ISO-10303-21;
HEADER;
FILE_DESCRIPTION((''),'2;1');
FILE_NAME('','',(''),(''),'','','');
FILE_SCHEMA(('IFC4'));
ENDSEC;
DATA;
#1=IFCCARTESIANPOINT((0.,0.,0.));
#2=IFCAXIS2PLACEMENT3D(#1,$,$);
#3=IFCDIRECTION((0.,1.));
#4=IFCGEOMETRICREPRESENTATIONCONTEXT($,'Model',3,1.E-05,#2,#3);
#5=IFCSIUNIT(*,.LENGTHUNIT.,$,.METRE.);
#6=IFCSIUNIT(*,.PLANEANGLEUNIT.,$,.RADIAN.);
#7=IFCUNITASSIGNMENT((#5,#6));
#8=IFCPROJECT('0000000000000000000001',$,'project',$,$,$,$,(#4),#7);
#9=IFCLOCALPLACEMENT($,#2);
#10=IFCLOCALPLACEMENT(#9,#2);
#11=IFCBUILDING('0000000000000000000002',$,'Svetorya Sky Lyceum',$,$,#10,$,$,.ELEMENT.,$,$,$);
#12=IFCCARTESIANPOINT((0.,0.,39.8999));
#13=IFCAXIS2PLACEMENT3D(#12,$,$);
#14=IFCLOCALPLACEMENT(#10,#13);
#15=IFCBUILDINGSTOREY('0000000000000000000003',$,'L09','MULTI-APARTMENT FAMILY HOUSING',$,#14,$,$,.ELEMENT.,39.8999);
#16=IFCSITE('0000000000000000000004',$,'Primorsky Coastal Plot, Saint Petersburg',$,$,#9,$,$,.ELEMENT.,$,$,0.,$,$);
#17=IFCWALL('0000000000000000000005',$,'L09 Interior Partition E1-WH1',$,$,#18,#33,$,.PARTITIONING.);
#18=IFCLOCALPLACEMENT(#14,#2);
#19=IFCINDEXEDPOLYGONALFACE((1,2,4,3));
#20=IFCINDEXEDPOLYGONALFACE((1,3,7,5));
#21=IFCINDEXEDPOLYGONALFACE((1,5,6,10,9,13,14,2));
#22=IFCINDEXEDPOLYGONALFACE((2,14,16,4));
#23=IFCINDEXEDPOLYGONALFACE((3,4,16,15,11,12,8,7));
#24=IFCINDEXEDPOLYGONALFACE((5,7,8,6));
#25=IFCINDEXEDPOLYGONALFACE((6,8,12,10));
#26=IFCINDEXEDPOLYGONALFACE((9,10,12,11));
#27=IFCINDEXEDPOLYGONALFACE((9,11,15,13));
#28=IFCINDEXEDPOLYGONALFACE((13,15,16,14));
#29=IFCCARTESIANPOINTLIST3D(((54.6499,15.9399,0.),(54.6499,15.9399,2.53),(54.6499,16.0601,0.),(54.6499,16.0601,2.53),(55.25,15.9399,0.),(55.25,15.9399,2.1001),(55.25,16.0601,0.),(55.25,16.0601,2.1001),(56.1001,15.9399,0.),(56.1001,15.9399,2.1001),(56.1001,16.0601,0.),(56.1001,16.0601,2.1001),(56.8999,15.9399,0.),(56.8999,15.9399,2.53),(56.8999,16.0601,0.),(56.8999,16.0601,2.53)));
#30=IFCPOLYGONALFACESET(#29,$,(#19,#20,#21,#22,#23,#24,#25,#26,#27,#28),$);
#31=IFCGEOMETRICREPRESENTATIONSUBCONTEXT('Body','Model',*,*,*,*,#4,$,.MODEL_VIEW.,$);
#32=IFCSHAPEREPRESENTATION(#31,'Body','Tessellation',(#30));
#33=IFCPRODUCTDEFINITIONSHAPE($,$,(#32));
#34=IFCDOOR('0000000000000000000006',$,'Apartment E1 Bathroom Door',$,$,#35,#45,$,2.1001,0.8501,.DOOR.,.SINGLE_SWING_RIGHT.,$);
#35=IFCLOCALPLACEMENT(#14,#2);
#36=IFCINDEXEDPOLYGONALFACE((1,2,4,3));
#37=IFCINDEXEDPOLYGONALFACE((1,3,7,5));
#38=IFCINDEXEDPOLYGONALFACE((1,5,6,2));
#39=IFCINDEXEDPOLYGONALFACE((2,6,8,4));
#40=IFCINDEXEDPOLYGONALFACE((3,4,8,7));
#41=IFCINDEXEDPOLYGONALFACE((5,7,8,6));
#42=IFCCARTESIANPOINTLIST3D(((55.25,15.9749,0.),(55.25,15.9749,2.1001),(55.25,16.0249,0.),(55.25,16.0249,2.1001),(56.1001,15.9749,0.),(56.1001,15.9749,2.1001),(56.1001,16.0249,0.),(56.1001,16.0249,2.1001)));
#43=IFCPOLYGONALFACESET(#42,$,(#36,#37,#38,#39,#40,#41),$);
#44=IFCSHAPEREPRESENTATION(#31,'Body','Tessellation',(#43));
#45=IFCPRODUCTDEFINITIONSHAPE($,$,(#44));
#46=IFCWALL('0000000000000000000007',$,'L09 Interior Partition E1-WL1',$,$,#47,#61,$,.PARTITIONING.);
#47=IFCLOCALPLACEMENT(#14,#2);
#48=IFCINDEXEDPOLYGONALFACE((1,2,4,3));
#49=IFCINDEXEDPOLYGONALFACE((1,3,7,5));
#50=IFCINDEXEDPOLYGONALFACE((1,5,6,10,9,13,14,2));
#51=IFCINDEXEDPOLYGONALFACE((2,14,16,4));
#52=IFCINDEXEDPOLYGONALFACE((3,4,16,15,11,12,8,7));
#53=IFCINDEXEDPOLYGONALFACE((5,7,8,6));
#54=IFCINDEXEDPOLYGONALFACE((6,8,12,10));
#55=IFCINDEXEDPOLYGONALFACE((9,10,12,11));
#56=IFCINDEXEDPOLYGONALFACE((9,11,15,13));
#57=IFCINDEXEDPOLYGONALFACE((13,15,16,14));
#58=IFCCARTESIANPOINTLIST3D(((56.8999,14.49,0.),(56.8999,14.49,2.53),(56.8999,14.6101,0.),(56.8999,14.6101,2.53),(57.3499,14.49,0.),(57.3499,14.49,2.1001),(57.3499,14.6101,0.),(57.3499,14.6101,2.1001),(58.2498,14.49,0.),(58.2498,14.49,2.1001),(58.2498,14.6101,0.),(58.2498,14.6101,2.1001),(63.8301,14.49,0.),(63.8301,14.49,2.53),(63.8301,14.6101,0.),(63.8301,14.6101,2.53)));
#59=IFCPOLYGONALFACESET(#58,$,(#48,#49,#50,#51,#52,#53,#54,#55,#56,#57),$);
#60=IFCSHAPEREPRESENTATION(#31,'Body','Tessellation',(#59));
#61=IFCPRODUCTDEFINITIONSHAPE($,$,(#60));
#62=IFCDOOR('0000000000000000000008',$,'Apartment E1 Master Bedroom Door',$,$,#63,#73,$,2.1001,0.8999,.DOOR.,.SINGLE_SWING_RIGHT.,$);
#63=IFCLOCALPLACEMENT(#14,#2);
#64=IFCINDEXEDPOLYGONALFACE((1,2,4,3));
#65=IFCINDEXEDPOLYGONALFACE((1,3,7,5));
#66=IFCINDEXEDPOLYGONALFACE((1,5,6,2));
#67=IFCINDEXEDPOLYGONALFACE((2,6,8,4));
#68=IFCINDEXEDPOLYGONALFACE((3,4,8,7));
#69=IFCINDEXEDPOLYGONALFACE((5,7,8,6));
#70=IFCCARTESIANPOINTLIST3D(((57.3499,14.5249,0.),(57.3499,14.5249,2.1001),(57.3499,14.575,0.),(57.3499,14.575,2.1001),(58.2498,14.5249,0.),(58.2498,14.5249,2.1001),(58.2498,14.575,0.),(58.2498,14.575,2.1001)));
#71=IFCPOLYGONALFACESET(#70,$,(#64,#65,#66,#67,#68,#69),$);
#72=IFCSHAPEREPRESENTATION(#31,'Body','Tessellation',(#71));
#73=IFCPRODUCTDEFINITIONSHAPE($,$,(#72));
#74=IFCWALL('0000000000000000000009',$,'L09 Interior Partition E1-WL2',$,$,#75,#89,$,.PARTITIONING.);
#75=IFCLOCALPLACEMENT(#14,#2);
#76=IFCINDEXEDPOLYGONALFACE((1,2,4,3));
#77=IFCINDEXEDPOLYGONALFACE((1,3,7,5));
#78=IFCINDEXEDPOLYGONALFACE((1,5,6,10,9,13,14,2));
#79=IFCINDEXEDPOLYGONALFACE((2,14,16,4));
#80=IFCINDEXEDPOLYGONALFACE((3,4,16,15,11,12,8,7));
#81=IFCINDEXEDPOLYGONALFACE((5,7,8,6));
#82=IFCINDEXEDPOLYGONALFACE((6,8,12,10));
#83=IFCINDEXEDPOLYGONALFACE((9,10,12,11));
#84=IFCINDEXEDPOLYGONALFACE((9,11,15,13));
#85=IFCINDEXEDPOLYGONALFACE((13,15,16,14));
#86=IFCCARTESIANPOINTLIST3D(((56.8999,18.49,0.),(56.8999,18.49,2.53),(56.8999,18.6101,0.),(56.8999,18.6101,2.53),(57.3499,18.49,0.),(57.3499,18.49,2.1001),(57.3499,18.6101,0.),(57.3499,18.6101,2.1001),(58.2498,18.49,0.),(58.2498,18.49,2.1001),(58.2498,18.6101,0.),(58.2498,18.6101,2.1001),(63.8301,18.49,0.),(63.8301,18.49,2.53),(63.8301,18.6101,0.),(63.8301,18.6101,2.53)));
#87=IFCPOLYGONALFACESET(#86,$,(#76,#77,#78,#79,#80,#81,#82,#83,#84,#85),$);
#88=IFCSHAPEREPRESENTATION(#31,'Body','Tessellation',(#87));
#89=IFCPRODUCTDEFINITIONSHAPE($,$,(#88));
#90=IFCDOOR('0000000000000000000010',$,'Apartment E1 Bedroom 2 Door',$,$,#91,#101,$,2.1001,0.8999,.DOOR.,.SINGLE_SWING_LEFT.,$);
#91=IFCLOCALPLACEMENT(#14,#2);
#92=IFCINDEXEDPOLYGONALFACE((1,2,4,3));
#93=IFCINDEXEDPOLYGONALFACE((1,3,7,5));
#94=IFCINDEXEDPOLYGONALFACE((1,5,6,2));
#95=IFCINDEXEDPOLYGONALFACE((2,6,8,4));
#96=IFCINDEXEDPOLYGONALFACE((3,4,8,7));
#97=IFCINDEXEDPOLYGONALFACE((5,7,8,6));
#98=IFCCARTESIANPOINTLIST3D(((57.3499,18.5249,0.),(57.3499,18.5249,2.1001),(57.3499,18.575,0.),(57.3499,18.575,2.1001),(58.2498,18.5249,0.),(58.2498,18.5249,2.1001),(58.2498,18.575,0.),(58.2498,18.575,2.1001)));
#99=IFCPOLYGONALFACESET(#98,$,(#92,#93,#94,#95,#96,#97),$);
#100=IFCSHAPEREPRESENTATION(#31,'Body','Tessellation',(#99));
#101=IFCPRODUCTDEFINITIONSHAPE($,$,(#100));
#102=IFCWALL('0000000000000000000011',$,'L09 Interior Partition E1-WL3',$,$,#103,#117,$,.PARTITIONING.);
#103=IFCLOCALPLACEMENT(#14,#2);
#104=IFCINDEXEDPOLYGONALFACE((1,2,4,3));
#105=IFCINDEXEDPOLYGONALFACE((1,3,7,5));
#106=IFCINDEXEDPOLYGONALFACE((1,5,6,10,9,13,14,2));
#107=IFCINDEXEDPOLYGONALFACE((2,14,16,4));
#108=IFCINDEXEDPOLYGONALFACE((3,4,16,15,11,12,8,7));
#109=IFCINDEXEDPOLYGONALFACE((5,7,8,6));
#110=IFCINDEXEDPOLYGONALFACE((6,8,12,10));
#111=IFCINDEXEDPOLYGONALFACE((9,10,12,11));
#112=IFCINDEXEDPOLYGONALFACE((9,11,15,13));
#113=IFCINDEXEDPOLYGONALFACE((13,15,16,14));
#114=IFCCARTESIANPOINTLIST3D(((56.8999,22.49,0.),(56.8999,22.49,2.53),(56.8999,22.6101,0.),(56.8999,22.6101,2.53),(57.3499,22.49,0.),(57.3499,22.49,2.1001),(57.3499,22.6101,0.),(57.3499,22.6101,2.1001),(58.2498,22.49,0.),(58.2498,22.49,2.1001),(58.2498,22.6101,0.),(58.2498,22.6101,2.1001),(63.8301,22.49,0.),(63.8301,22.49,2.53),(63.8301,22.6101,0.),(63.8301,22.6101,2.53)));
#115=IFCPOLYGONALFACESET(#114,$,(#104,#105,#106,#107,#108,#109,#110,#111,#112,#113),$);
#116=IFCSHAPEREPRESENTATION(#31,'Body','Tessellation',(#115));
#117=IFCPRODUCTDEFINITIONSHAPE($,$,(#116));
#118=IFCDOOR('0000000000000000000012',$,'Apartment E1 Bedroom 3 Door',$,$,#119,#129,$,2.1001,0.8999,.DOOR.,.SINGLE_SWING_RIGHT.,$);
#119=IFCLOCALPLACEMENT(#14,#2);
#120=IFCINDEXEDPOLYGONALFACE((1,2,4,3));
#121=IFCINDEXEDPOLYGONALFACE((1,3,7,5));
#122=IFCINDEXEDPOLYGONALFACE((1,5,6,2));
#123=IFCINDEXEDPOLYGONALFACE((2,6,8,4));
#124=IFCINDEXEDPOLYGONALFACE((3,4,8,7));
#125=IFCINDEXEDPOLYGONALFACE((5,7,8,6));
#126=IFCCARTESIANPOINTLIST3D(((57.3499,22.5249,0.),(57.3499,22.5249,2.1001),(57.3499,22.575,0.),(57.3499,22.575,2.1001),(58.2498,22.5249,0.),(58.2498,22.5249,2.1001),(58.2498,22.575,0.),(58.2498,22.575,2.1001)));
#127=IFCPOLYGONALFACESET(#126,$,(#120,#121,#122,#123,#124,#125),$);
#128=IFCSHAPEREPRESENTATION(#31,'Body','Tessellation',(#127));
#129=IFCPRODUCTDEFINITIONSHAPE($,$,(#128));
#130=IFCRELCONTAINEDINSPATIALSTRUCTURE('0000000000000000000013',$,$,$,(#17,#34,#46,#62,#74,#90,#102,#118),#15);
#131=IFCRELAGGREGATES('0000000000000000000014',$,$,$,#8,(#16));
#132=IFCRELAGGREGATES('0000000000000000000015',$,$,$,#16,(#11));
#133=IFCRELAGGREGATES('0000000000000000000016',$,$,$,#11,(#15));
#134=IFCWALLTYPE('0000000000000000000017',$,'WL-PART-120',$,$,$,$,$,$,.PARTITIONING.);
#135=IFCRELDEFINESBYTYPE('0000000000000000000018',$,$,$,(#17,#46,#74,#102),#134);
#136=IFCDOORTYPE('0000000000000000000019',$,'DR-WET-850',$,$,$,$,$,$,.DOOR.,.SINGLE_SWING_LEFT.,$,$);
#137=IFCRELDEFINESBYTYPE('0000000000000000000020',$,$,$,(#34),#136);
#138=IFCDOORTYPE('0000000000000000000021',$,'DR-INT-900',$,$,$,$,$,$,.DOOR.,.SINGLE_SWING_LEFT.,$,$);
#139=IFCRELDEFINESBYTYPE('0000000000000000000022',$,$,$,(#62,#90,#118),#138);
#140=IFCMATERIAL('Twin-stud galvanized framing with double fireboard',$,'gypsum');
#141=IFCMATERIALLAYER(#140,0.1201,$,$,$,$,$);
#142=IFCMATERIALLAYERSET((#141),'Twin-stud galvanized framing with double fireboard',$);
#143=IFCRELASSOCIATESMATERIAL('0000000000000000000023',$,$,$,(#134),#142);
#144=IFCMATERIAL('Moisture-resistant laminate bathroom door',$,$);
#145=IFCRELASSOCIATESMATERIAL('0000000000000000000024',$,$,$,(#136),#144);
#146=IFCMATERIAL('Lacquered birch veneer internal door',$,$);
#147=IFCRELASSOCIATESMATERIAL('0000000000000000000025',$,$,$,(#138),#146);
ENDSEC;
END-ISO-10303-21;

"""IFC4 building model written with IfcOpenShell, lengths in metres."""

from ifc_helpers import new_model, si_unit, direction, frame, frame_2d, origin, place, context, subcontext, project, spatial, rectangle, extrude, material, layer, layer_set, type_object, element, fill, save


model = new_model("IFC4")

# Units and contexts
model_context = context("Model", 3, precision=1e-05, world=origin(), true_north=direction((0.0, 1.0)))
body_context = subcontext(model_context, "Body", "Model", "MODEL_VIEW")
ifc_project = project(units=[si_unit("LENGTHUNIT", "METRE"), si_unit("PLANEANGLEUNIT", "RADIAN")], contexts=[model_context])

# Site, building, storey
site_placement = place(None, origin())
site = spatial("IfcSite", under=ifc_project, at=site_placement, Name="Primorsky Coastal Plot, Saint Petersburg", CompositionType="ELEMENT", RefElevation=0.0)
building_placement = place(site_placement, origin())
building = spatial("IfcBuilding", under=site, at=building_placement, Name="Svetorya Sky Lyceum", CompositionType="ELEMENT")
storey_placement = place(building_placement, frame((0.0, 0.0, 39.8999)))
storey = spatial("IfcBuildingStorey", under=building, at=storey_placement, Name="L09", Description="MULTI-APARTMENT FAMILY HOUSING", CompositionType="ELEMENT", Elevation=39.8999)

# Walls, openings, doors
ifc_material_1 = material(Name="Twin-stud galvanized framing with double fireboard", Category="gypsum")
ifc_layer_1 = layer(ifc_material_1, 0.1201)
ifc_layer_set_1 = layer_set([ifc_layer_1], Name="Twin-stud galvanized framing with double fireboard")
wall_type_1 = type_object("IfcWallType", Name="WL-PART-120", PredefinedType="PARTITIONING", material=ifc_layer_set_1)
wall_1_placement = place(storey_placement, frame((54.6499, 16.0, 0.0), z_axis=(0.0, 0.0, 1.0), x_axis=(1.0, 0.0, 0.0)))
wall_1 = element("IfcWall", 1, at=wall_1_placement, inside=storey, type_object=wall_type_1, Name="L09 Interior Partition E1-WH1", PredefinedType="PARTITIONING", context=body_context, shape_type="SweptSolid", body=[
    extrude(rectangle(XDim=2.25, YDim=0.1201, at=frame_2d((1.125, 0.0))), origin(), (0.0, 0.0, 1.0), 2.53),
])
opening_1_placement = place(wall_1_placement, frame((0.6001, 0.0, 0.0)))
opening_1 = element("IfcOpeningElement", 2, at=opening_1_placement, cuts=wall_1, PredefinedType="OPENING", context=body_context, shape_type="SweptSolid", body=[
    extrude(rectangle(XDim=0.8501, YDim=2.1001, at=frame_2d((0.425, 1.05))), frame((0.0, 0.0701, 0.0), z_axis=(0.0, -1.0, 0.0), x_axis=(1.0, 0.0, 0.0)), (0.0, 0.0, 1.0), 0.1401),
])
ifc_material_2 = material(Name="Moisture-resistant laminate bathroom door")
door_type_1 = type_object("IfcDoorType", Name="DR-WET-850", OperationType="SINGLE_SWING_LEFT", PredefinedType="DOOR", material=ifc_material_2)
door_1_placement = place(opening_1_placement, origin())
door_1 = element("IfcDoor", 3, at=door_1_placement, inside=storey, type_object=door_type_1, Name="Apartment E1 Bathroom Door", OperationType="SINGLE_SWING_RIGHT", OverallHeight=2.1001, OverallWidth=0.8501, PredefinedType="DOOR", context=body_context, shape_type="SweptSolid", body=[
    extrude(rectangle(XDim=0.8501, YDim=2.1001, at=frame_2d((0.425, 1.05))), frame((0.0, 0.0249, 0.0), z_axis=(0.0, -1.0, 0.0), x_axis=(1.0, 0.0, 0.0)), (0.0, 0.0, 1.0), 0.05),
])
fill(opening_1, door_1)
wall_2_placement = place(storey_placement, frame((56.8999, 14.55, 0.0), z_axis=(0.0, 0.0, 1.0), x_axis=(1.0, 0.0, 0.0)))
wall_2 = element("IfcWall", 4, at=wall_2_placement, inside=storey, type_object=wall_type_1, Name="L09 Interior Partition E1-WL1", PredefinedType="PARTITIONING", context=body_context, shape_type="SweptSolid", body=[
    extrude(rectangle(XDim=6.9302, YDim=0.1201, at=frame_2d((3.4651, 0.0))), origin(), (0.0, 0.0, 1.0), 2.53),
])
opening_2_placement = place(wall_2_placement, frame((0.45, 0.0, 0.0)))
opening_2 = element("IfcOpeningElement", 5, at=opening_2_placement, cuts=wall_2, PredefinedType="OPENING", context=body_context, shape_type="SweptSolid", body=[
    extrude(rectangle(XDim=0.8999, YDim=2.1001, at=frame_2d((0.45, 1.05))), frame((0.0, 0.0701, 0.0), z_axis=(0.0, -1.0, 0.0), x_axis=(1.0, 0.0, 0.0)), (0.0, 0.0, 1.0), 0.1401),
])
ifc_material_3 = material(Name="Lacquered birch veneer internal door")
door_type_2 = type_object("IfcDoorType", Name="DR-INT-900", OperationType="SINGLE_SWING_LEFT", PredefinedType="DOOR", material=ifc_material_3)
door_2_placement = place(opening_2_placement, origin())
door_2 = element("IfcDoor", 6, at=door_2_placement, inside=storey, type_object=door_type_2, Name="Apartment E1 Master Bedroom Door", OperationType="SINGLE_SWING_RIGHT", OverallHeight=2.1001, OverallWidth=0.8999, PredefinedType="DOOR", context=body_context, shape_type="SweptSolid", body=[
    extrude(rectangle(XDim=0.8999, YDim=2.1001, at=frame_2d((0.45, 1.05))), frame((0.0, 0.0249, 0.0), z_axis=(0.0, -1.0, 0.0), x_axis=(1.0, 0.0, 0.0)), (0.0, 0.0, 1.0), 0.05),
])
fill(opening_2, door_2)
wall_3_placement = place(storey_placement, frame((56.8999, 18.55, 0.0), z_axis=(0.0, 0.0, 1.0), x_axis=(1.0, 0.0, 0.0)))
wall_3 = element("IfcWall", 7, at=wall_3_placement, inside=storey, type_object=wall_type_1, Name="L09 Interior Partition E1-WL2", PredefinedType="PARTITIONING", context=body_context, shape_type="SweptSolid", body=[
    extrude(rectangle(XDim=6.9302, YDim=0.1201, at=frame_2d((3.4651, 0.0))), origin(), (0.0, 0.0, 1.0), 2.53),
])
opening_3_placement = place(wall_3_placement, frame((0.45, 0.0, 0.0)))
opening_3 = element("IfcOpeningElement", 8, at=opening_3_placement, cuts=wall_3, PredefinedType="OPENING", context=body_context, shape_type="SweptSolid", body=[
    extrude(rectangle(XDim=0.8999, YDim=2.1001, at=frame_2d((0.45, 1.05))), frame((0.0, 0.0701, 0.0), z_axis=(0.0, -1.0, 0.0), x_axis=(1.0, 0.0, 0.0)), (0.0, 0.0, 1.0), 0.1401),
])
door_3_placement = place(opening_3_placement, origin())
door_3 = element("IfcDoor", 9, at=door_3_placement, inside=storey, type_object=door_type_2, Name="Apartment E1 Bedroom 2 Door", OperationType="SINGLE_SWING_LEFT", OverallHeight=2.1001, OverallWidth=0.8999, PredefinedType="DOOR", context=body_context, shape_type="SweptSolid", body=[
    extrude(rectangle(XDim=0.8999, YDim=2.1001, at=frame_2d((0.45, 1.05))), frame((0.0, 0.0249, 0.0), z_axis=(0.0, -1.0, 0.0), x_axis=(1.0, 0.0, 0.0)), (0.0, 0.0, 1.0), 0.05),
])
fill(opening_3, door_3)
wall_4_placement = place(storey_placement, frame((56.8999, 22.55, 0.0), z_axis=(0.0, 0.0, 1.0), x_axis=(1.0, 0.0, 0.0)))
wall_4 = element("IfcWall", 10, at=wall_4_placement, inside=storey, type_object=wall_type_1, Name="L09 Interior Partition E1-WL3", PredefinedType="PARTITIONING", context=body_context, shape_type="SweptSolid", body=[
    extrude(rectangle(XDim=6.9302, YDim=0.1201, at=frame_2d((3.4651, 0.0))), origin(), (0.0, 0.0, 1.0), 2.53),
])
opening_4_placement = place(wall_4_placement, frame((0.45, 0.0, 0.0)))
opening_4 = element("IfcOpeningElement", 11, at=opening_4_placement, cuts=wall_4, PredefinedType="OPENING", context=body_context, shape_type="SweptSolid", body=[
    extrude(rectangle(XDim=0.8999, YDim=2.1001, at=frame_2d((0.45, 1.05))), frame((0.0, 0.0701, 0.0), z_axis=(0.0, -1.0, 0.0), x_axis=(1.0, 0.0, 0.0)), (0.0, 0.0, 1.0), 0.1401),
])
door_4_placement = place(opening_4_placement, origin())
door_4 = element("IfcDoor", 12, at=door_4_placement, inside=storey, type_object=door_type_2, Name="Apartment E1 Bedroom 3 Door", OperationType="SINGLE_SWING_RIGHT", OverallHeight=2.1001, OverallWidth=0.8999, PredefinedType="DOOR", context=body_context, shape_type="SweptSolid", body=[
    extrude(rectangle(XDim=0.8999, YDim=2.1001, at=frame_2d((0.45, 1.05))), frame((0.0, 0.0249, 0.0), z_axis=(0.0, -1.0, 0.0), x_axis=(1.0, 0.0, 0.0)), (0.0, 0.0, 1.0), 0.05),
])
fill(opening_4, door_4)

save(model, "model.ifc")
